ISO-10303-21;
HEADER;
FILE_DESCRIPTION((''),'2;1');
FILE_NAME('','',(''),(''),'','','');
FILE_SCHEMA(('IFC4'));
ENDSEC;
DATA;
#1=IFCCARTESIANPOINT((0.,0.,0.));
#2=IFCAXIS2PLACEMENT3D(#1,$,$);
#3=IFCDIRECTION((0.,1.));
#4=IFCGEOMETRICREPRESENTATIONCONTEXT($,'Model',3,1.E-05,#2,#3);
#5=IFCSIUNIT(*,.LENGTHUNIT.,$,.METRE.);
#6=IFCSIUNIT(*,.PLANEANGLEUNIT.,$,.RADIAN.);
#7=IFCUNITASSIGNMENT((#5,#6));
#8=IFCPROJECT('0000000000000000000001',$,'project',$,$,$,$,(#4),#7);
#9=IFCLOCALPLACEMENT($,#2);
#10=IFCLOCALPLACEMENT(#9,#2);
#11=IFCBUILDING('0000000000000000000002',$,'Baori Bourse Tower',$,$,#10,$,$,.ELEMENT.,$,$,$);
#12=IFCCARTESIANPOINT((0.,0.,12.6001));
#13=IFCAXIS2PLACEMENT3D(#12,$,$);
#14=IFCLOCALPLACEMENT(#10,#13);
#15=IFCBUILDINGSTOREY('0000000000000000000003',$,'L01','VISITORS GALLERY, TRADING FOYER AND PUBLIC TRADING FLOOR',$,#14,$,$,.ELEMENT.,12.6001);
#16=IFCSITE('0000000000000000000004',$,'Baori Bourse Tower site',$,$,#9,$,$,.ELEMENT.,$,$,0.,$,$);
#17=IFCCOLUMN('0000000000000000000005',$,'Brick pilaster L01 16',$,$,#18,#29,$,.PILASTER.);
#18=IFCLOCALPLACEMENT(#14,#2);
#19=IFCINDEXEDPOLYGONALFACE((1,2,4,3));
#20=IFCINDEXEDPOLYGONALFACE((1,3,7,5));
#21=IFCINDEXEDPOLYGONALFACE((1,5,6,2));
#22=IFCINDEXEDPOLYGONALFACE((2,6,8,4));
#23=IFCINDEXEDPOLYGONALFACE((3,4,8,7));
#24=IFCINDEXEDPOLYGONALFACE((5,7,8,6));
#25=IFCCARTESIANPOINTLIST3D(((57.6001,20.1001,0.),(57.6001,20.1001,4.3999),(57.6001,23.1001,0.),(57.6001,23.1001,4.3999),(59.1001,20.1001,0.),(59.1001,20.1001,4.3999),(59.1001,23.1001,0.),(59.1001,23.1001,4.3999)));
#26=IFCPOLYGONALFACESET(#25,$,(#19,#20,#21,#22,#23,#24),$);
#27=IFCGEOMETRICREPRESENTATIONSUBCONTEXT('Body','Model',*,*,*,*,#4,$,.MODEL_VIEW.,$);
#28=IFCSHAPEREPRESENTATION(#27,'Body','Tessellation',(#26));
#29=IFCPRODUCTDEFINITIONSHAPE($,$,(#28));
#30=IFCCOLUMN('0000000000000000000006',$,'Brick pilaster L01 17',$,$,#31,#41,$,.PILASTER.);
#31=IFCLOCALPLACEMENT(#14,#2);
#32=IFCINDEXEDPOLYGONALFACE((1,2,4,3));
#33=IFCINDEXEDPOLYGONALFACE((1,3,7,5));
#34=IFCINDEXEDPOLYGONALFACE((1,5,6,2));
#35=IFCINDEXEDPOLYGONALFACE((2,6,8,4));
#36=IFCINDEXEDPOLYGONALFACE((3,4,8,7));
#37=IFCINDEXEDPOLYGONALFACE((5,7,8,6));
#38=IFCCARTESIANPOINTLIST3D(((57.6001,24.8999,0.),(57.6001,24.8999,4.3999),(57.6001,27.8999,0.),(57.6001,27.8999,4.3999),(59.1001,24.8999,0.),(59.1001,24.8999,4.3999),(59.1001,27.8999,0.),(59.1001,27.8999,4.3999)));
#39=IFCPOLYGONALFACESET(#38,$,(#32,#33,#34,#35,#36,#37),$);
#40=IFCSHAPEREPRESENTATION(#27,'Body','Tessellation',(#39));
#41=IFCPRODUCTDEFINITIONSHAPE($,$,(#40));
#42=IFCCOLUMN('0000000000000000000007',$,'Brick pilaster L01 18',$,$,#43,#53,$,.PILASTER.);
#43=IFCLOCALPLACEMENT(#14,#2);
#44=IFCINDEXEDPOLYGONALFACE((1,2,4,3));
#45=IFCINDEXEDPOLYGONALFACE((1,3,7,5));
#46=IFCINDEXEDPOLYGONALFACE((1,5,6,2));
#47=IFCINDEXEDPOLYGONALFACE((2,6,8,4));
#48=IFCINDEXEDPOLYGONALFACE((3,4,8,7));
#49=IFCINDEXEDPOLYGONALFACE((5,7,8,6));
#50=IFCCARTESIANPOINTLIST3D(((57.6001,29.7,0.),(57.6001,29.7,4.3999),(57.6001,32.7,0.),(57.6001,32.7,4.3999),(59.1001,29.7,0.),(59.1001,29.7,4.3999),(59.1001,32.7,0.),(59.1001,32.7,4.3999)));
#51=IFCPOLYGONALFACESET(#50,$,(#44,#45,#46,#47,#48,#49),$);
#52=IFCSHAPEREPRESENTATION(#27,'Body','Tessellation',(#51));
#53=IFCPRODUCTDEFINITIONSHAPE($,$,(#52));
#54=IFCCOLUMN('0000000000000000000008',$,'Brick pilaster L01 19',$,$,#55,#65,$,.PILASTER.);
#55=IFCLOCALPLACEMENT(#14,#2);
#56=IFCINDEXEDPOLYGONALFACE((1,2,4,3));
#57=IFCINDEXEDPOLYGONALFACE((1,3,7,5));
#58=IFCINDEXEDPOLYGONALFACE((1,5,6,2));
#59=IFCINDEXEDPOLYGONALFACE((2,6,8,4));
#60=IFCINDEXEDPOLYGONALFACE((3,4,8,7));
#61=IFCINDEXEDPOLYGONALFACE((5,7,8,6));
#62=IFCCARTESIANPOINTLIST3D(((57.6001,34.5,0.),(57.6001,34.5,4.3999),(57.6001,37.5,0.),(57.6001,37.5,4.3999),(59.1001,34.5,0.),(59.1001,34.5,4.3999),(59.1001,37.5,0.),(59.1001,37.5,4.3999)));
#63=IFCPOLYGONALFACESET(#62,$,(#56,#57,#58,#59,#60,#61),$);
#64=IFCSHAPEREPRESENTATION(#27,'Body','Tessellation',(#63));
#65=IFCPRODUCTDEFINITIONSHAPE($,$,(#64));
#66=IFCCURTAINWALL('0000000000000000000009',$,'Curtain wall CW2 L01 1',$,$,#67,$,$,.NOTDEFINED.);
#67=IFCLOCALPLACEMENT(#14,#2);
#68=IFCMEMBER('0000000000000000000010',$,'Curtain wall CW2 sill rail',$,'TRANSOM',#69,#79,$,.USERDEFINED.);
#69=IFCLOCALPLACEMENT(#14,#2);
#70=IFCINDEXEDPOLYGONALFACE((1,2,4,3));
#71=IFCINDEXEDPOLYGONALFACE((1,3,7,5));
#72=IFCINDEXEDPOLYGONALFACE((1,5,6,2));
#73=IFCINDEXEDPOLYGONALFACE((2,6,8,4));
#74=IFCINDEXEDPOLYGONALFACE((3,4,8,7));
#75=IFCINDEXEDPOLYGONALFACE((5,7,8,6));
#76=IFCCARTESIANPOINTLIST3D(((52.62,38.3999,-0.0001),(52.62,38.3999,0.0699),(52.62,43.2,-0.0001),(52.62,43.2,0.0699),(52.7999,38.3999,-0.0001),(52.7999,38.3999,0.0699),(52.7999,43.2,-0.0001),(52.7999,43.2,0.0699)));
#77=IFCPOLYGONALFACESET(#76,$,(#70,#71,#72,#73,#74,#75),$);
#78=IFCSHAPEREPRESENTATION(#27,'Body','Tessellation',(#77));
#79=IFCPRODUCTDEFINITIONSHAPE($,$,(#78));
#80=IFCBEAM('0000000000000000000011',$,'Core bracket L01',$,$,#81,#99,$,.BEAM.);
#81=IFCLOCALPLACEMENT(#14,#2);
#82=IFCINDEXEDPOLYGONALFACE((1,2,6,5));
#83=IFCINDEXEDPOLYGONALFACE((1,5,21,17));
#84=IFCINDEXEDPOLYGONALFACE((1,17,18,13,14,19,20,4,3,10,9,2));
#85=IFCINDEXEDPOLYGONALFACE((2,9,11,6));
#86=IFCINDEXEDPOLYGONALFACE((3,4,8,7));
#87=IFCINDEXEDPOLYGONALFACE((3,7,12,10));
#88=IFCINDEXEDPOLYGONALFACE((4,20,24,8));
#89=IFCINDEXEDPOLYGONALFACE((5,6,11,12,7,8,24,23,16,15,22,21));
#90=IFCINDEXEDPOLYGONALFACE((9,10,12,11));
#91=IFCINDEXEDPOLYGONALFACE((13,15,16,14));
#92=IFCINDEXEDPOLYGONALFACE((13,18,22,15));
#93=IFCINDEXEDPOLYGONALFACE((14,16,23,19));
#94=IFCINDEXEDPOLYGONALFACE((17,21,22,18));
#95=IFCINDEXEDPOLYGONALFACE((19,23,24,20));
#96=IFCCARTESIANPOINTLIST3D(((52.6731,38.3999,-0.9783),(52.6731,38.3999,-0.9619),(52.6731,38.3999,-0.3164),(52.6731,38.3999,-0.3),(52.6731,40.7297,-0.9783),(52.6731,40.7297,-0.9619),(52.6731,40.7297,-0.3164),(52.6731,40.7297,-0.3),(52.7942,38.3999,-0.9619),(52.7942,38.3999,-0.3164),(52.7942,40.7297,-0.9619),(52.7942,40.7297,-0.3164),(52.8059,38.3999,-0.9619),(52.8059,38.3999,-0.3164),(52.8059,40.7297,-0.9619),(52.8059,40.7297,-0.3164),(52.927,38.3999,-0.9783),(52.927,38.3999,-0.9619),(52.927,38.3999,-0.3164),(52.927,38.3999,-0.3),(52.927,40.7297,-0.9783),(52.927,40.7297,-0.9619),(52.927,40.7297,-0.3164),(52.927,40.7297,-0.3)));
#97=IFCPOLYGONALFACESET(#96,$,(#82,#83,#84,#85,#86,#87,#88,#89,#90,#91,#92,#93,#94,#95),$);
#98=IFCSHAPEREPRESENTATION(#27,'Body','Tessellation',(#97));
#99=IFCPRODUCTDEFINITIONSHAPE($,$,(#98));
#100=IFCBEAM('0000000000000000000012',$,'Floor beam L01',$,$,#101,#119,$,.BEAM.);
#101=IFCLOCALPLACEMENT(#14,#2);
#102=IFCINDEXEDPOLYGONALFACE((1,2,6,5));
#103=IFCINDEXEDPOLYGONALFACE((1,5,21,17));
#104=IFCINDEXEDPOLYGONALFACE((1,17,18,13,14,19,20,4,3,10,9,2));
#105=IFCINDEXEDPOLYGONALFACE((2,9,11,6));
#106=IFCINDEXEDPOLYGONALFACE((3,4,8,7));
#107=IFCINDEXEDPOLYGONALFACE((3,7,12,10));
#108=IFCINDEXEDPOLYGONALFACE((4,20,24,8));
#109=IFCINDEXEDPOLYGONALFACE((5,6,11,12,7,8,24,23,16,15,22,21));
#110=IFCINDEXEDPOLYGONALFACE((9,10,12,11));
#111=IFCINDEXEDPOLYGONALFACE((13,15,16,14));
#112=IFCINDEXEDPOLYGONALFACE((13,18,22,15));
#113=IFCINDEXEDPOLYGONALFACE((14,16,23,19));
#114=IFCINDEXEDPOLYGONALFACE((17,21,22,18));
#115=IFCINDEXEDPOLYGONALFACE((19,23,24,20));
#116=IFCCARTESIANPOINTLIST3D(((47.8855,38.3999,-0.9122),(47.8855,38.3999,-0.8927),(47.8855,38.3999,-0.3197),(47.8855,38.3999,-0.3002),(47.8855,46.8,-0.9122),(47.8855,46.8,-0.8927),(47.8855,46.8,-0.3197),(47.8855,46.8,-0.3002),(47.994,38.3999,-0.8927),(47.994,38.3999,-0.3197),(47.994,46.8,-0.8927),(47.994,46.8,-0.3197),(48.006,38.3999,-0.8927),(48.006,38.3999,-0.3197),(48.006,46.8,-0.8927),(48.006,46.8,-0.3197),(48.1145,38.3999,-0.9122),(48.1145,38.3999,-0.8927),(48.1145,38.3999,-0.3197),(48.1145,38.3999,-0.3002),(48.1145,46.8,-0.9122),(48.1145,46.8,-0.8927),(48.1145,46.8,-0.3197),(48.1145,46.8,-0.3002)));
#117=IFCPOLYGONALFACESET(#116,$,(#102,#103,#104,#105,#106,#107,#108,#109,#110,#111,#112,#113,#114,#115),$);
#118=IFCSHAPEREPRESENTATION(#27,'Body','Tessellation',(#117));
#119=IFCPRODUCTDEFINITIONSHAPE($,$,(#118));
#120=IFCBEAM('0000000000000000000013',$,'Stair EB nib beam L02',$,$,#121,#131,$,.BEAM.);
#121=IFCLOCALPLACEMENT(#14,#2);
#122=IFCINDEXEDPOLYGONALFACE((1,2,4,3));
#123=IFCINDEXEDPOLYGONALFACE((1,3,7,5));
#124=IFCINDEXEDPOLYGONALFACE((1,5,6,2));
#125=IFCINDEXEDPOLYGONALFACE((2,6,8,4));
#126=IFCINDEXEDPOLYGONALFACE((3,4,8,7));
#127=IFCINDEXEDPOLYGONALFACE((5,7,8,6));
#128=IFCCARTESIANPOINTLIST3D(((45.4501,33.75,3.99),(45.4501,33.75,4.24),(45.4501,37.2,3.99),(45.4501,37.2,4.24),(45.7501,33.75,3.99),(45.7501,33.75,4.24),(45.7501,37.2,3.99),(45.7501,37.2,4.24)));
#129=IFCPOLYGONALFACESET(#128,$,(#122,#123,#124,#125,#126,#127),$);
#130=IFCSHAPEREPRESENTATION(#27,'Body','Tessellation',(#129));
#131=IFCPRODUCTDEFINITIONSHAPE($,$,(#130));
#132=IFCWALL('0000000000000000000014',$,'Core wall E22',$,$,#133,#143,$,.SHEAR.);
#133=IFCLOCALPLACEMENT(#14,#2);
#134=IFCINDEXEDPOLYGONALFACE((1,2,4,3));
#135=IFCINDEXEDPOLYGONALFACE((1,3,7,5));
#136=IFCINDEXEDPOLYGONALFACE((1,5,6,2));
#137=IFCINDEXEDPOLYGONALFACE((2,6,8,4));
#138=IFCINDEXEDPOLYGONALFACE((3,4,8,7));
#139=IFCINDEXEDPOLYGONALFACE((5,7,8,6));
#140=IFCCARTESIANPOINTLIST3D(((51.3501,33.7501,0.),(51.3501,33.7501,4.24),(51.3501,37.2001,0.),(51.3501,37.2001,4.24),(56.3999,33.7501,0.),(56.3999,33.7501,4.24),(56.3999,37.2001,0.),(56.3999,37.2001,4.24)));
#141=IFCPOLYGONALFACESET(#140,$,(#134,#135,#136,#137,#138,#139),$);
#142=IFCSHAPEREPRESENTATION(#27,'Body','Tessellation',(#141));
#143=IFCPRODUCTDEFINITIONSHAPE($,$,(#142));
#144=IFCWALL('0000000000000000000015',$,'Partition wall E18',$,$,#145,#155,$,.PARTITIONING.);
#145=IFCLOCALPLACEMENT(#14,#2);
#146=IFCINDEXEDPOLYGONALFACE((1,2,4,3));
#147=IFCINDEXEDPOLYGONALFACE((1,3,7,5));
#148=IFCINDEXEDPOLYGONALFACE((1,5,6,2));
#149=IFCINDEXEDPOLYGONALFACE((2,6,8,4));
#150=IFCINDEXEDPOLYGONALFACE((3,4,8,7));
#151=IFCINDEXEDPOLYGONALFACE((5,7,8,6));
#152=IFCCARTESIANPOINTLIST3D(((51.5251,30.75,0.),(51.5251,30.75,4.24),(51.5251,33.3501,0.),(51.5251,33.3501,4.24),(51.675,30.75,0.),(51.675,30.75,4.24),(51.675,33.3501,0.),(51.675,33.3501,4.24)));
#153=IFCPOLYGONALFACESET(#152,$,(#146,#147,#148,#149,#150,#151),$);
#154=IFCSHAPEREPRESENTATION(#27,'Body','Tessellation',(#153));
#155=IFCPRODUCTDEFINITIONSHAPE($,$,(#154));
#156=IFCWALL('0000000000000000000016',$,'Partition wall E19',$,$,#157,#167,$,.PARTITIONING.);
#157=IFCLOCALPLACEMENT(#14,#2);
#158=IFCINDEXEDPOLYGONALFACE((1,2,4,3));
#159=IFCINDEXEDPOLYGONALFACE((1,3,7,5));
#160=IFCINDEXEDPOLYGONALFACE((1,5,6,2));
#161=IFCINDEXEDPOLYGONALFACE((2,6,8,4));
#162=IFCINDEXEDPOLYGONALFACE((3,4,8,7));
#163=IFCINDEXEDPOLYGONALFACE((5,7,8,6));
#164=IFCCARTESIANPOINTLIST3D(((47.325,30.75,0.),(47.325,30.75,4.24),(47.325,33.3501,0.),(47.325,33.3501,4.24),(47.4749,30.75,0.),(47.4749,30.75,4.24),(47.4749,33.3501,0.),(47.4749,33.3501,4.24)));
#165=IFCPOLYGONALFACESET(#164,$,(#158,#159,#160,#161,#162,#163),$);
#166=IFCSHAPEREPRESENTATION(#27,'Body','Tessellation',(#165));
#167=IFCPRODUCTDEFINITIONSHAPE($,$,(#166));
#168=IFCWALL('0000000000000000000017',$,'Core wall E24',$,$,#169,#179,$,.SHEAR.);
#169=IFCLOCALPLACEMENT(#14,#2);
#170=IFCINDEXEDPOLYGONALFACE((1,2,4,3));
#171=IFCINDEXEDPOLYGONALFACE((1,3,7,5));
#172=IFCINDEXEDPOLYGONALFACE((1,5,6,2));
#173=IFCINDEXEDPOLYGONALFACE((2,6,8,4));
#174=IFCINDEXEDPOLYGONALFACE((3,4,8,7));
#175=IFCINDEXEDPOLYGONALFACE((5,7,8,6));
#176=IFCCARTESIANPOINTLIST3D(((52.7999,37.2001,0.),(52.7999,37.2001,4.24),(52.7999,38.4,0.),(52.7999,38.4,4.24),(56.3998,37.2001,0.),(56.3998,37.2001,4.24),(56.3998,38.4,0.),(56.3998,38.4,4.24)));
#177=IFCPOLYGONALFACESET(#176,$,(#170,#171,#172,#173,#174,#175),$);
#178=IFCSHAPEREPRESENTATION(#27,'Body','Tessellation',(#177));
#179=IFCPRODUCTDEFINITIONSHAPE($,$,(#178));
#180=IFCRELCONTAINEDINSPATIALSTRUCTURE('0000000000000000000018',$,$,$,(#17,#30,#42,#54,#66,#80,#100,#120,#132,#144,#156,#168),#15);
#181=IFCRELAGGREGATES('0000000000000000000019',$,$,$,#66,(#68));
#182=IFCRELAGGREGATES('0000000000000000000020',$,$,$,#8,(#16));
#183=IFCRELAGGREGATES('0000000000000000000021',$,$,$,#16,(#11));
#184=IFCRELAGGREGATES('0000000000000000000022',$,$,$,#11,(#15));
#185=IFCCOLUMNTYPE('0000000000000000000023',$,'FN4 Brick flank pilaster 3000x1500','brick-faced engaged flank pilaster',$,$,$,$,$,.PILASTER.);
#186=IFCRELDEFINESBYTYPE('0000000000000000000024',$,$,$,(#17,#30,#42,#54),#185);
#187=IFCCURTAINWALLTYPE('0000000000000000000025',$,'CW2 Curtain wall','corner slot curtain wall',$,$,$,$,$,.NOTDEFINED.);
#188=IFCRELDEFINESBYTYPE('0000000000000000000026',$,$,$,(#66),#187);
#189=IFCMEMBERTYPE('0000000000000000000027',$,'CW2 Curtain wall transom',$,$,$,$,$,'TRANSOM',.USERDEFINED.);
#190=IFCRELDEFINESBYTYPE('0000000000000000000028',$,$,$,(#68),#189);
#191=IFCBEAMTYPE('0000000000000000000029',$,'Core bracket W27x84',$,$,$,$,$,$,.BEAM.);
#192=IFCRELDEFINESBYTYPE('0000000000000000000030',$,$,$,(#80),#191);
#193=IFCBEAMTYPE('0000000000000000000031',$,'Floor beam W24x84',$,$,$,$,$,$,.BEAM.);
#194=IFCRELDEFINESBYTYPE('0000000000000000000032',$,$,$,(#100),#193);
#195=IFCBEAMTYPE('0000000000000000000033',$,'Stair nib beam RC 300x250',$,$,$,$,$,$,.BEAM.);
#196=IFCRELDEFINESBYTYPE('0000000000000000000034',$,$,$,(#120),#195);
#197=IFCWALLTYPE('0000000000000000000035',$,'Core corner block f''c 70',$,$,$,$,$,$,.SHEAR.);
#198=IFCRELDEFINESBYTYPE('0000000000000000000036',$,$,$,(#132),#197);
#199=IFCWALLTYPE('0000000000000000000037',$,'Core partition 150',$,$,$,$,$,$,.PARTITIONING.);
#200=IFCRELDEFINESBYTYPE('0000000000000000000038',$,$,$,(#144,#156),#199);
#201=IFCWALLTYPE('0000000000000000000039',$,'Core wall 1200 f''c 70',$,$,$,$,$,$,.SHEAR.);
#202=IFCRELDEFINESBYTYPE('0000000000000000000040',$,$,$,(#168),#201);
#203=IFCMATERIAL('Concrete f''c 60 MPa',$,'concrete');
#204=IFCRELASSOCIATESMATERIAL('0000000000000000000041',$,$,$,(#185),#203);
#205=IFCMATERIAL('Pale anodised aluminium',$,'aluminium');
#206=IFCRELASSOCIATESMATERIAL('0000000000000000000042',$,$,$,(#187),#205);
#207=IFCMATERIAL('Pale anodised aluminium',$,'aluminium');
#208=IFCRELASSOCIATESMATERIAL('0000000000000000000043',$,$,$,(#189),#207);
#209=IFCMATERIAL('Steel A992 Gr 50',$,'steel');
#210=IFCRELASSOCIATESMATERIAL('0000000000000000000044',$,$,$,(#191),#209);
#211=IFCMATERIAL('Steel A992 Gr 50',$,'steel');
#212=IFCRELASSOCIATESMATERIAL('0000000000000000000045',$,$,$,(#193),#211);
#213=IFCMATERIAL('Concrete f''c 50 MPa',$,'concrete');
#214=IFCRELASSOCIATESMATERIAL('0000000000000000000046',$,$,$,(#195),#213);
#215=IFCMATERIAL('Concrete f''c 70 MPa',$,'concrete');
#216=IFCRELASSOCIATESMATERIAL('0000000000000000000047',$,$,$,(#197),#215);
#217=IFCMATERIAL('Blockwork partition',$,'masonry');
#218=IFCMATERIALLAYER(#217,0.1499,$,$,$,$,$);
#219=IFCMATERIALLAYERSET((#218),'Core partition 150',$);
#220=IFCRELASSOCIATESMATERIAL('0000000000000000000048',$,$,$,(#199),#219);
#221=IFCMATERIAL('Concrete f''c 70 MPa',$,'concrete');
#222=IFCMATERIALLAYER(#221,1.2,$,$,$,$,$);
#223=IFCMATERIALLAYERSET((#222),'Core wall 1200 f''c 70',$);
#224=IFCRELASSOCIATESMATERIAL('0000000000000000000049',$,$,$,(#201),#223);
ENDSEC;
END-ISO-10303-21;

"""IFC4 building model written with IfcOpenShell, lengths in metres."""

from ifc_helpers import new_model, si_unit, direction, frame, frame_2d, origin, origin_2d, place, context, subcontext, project, spatial, rectangle, i_section, extrude, material, layer, layer_set, material_profile, profile_set, type_object, element, aggregate, save


model = new_model("IFC4")

# Units and contexts
model_context = context("Model", 3, precision=1e-05, world=origin(), true_north=direction((0.0, 1.0)))
body_context = subcontext(model_context, "Body", "Model", "MODEL_VIEW")
ifc_project = project(units=[si_unit("LENGTHUNIT", "METRE"), si_unit("PLANEANGLEUNIT", "RADIAN")], contexts=[model_context])

# Site, building, storey
site_placement = place(None, origin())
site = spatial("IfcSite", under=ifc_project, at=site_placement, Name="Baori Bourse Tower site", CompositionType="ELEMENT", RefElevation=0.0)
building_placement = place(site_placement, origin())
building = spatial("IfcBuilding", under=site, at=building_placement, Name="Baori Bourse Tower", CompositionType="ELEMENT")
storey_placement = place(building_placement, frame((0.0, 0.0, 12.6001)))
storey = spatial("IfcBuildingStorey", under=building, at=storey_placement, Name="L01", Description="VISITORS GALLERY, TRADING FOYER AND PUBLIC TRADING FLOOR", CompositionType="ELEMENT", Elevation=12.6001)

# Columns
ifc_material_1 = material(Name="Concrete f'c 60 MPa", Category="concrete")
ifc_material_profile_1 = material_profile(ifc_material_1, rectangle(XDim=3.0, YDim=1.5, at=origin_2d()), Name="RC 3000x1500")
ifc_profile_set_1 = profile_set([ifc_material_profile_1], Name="Concrete f'c 60 MPa")
column_type = type_object("IfcColumnType", Name="FN4 Brick flank pilaster 3000x1500", Description="brick-faced engaged flank pilaster", PredefinedType="PILASTER", material=ifc_profile_set_1)
for number, where, z_axis, x_axis, name in (
    (1, (58.3501, 21.6001, 0.0), (0.0, 0.0, 1.0), (0.0, 1.0, 0.0), "Brick pilaster L01 16"),
    (2, (58.3501, 26.3999, 0.0), (0.0, 0.0, 1.0), (0.0, 1.0, 0.0), "Brick pilaster L01 17"),
    (3, (58.3501, 31.2, 0.0), (0.0, 0.0, 1.0), (0.0, 1.0, 0.0), "Brick pilaster L01 18"),
    (4, (58.3501, 36.0, 0.0), (0.0, 0.0, 1.0), (0.0, 1.0, 0.0), "Brick pilaster L01 19"),
):
    element("IfcColumn", number, at=place(storey_placement, frame(where, z_axis=z_axis, x_axis=x_axis)), inside=storey, type_object=column_type, Name=name, PredefinedType="PILASTER", context=body_context, shape_type="SweptSolid", body=[
        extrude(rectangle(XDim=3.0, YDim=1.5, at=origin_2d()), origin(), (0.0, 0.0, 1.0), 4.3999),
    ])

# Curtain wall, member
ifc_material_2 = material(Name="Pale anodised aluminium", Category="aluminium")
curtain_wall_type = type_object("IfcCurtainWallType", Name="CW2 Curtain wall", Description="corner slot curtain wall", PredefinedType="NOTDEFINED", material=ifc_material_2)
curtain_wall_placement = place(storey_placement, origin())
curtain_wall = element("IfcCurtainWall", 5, at=curtain_wall_placement, inside=storey, type_object=curtain_wall_type, Name="Curtain wall CW2 L01 1", PredefinedType="NOTDEFINED")
ifc_material_3 = material(Name="Pale anodised aluminium", Category="aluminium")
ifc_material_profile_2 = material_profile(ifc_material_3, rectangle(XDim=0.1799, YDim=0.0701, at=origin_2d()), Name="Transom 70x180")
ifc_profile_set_2 = profile_set([ifc_material_profile_2], Name="Pale anodised aluminium")
member_type = type_object("IfcMemberType", Name="CW2 Curtain wall transom", ElementType="TRANSOM", PredefinedType="USERDEFINED", material=ifc_profile_set_2)
member_placement = place(storey_placement, frame((52.71, 38.3999, 0.0349), z_axis=(0.0, 1.0, 0.0), x_axis=(-1.0, 0.0, 0.0)))
member = element("IfcMember", 6, at=member_placement, type_object=member_type, Name="Curtain wall CW2 sill rail", ObjectType="TRANSOM", PredefinedType="USERDEFINED", context=body_context, shape_type="SweptSolid", body=[
    extrude(rectangle(XDim=0.1799, YDim=0.0701, at=origin_2d()), origin(), (0.0, 0.0, 1.0), 4.8),
])
aggregate(curtain_wall, [member])

# Beams
ifc_material_4 = material(Name="Steel A992 Gr 50", Category="steel")
ifc_material_profile_3 = material_profile(ifc_material_4, i_section(OverallWidth=0.2539, OverallDepth=0.6782, WebThickness=0.0117, FlangeThickness=0.0164, at=origin_2d()), Name="W27x84")
ifc_profile_set_3 = profile_set([ifc_material_profile_3], Name="Steel A992 Gr 50")
beam_type_1 = type_object("IfcBeamType", Name="Core bracket W27x84", PredefinedType="BEAM", material=ifc_profile_set_3)
beam_1_placement = place(storey_placement, frame((52.8, 38.3999, -0.6392), z_axis=(0.0, 1.0, 0.0), x_axis=(-1.0, 0.0, 0.0)))
element("IfcBeam", 7, at=beam_1_placement, inside=storey, type_object=beam_type_1, Name="Core bracket L01", PredefinedType="BEAM", context=body_context, shape_type="SweptSolid", body=[
    extrude(i_section(OverallWidth=0.2539, OverallDepth=0.6782, WebThickness=0.0117, FlangeThickness=0.0164, at=origin_2d()), origin(), (0.0, 0.0, 1.0), 2.3298),
])
ifc_material_5 = material(Name="Steel A992 Gr 50", Category="steel")
ifc_material_profile_4 = material_profile(ifc_material_5, i_section(OverallWidth=0.229, OverallDepth=0.6121, WebThickness=0.012, FlangeThickness=0.0195, at=origin_2d()), Name="W24x84")
ifc_profile_set_4 = profile_set([ifc_material_profile_4], Name="Steel A992 Gr 50")
beam_type_2 = type_object("IfcBeamType", Name="Floor beam W24x84", PredefinedType="BEAM", material=ifc_profile_set_4)
beam_2_placement = place(storey_placement, frame((48.0, 38.3999, -0.6062), z_axis=(0.0, 1.0, 0.0), x_axis=(-1.0, 0.0, 0.0)))
element("IfcBeam", 8, at=beam_2_placement, inside=storey, type_object=beam_type_2, Name="Floor beam L01", PredefinedType="BEAM", context=body_context, shape_type="SweptSolid", body=[
    extrude(i_section(OverallWidth=0.229, OverallDepth=0.6121, WebThickness=0.012, FlangeThickness=0.0195, at=origin_2d()), origin(), (0.0, 0.0, 1.0), 8.4001),
])
ifc_material_6 = material(Name="Concrete f'c 50 MPa", Category="concrete")
ifc_material_profile_5 = material_profile(ifc_material_6, rectangle(XDim=0.3, YDim=0.25, at=origin_2d()), Name="RC 300x250")
ifc_profile_set_5 = profile_set([ifc_material_profile_5], Name="Concrete f'c 50 MPa")
beam_type_3 = type_object("IfcBeamType", Name="Stair nib beam RC 300x250", PredefinedType="BEAM", material=ifc_profile_set_5)
beam_3_placement = place(storey_placement, frame((45.6001, 33.75, 4.115), z_axis=(0.0, 1.0, 0.0), x_axis=(-1.0, 0.0, 0.0)))
element("IfcBeam", 9, at=beam_3_placement, inside=storey, type_object=beam_type_3, Name="Stair EB nib beam L02", PredefinedType="BEAM", context=body_context, shape_type="SweptSolid", body=[
    extrude(rectangle(XDim=0.3, YDim=0.25, at=origin_2d()), origin(), (0.0, 0.0, 1.0), 3.45),
])

# Walls
ifc_material_7 = material(Name="Concrete f'c 70 MPa", Category="concrete")
wall_type_1 = type_object("IfcWallType", Name="Core corner block f'c 70", PredefinedType="SHEAR", material=ifc_material_7)
wall_1_placement = place(storey_placement, frame((51.3501, 35.4751, 0.0), z_axis=(0.0, 0.0, 1.0), x_axis=(1.0, 0.0, 0.0)))
element("IfcWall", 10, at=wall_1_placement, inside=storey, type_object=wall_type_1, Name="Core wall E22", PredefinedType="SHEAR", context=body_context, shape_type="SweptSolid", body=[
    extrude(rectangle(XDim=5.0498, YDim=3.45, at=frame_2d((2.5249, 0.0))), origin(), (0.0, 0.0, 1.0), 4.24),
])
ifc_material_8 = material(Name="Blockwork partition", Category="masonry")
ifc_layer_1 = layer(ifc_material_8, 0.1499)
ifc_layer_set_1 = layer_set([ifc_layer_1], Name="Core partition 150")
wall_type_2 = type_object("IfcWallType", Name="Core partition 150", PredefinedType="PARTITIONING", material=ifc_layer_set_1)
for number, where, z_axis, x_axis, name in (
    (11, (51.6001, 30.75, 0.0), (0.0, 0.0, 1.0), (0.0, 1.0, 0.0), "Partition wall E18"),
    (12, (47.3999, 30.75, 0.0), (0.0, 0.0, 1.0), (0.0, 1.0, 0.0), "Partition wall E19"),
):
    element("IfcWall", number, at=place(storey_placement, frame(where, z_axis=z_axis, x_axis=x_axis)), inside=storey, type_object=wall_type_2, Name=name, PredefinedType="PARTITIONING", context=body_context, shape_type="SweptSolid", body=[
        extrude(rectangle(XDim=2.6001, YDim=0.1499, at=frame_2d((1.3, 0.0))), origin(), (0.0, 0.0, 1.0), 4.24),
    ])
ifc_material_9 = material(Name="Concrete f'c 70 MPa", Category="concrete")
ifc_layer_2 = layer(ifc_material_9, 1.2)
ifc_layer_set_2 = layer_set([ifc_layer_2], Name="Core wall 1200 f'c 70")
wall_type_3 = type_object("IfcWallType", Name="Core wall 1200 f'c 70", PredefinedType="SHEAR", material=ifc_layer_set_2)
wall_2_placement = place(storey_placement, frame((52.8, 37.8, 0.0), z_axis=(0.0, 0.0, 1.0), x_axis=(1.0, 0.0, 0.0)))
element("IfcWall", 13, at=wall_2_placement, inside=storey, type_object=wall_type_3, Name="Core wall E24", PredefinedType="SHEAR", context=body_context, shape_type="SweptSolid", body=[
    extrude(rectangle(XDim=3.5999, YDim=1.2, at=frame_2d((1.7998, 0.0))), origin(), (0.0, 0.0, 1.0), 4.24),
])

save(model, "model.ifc")
